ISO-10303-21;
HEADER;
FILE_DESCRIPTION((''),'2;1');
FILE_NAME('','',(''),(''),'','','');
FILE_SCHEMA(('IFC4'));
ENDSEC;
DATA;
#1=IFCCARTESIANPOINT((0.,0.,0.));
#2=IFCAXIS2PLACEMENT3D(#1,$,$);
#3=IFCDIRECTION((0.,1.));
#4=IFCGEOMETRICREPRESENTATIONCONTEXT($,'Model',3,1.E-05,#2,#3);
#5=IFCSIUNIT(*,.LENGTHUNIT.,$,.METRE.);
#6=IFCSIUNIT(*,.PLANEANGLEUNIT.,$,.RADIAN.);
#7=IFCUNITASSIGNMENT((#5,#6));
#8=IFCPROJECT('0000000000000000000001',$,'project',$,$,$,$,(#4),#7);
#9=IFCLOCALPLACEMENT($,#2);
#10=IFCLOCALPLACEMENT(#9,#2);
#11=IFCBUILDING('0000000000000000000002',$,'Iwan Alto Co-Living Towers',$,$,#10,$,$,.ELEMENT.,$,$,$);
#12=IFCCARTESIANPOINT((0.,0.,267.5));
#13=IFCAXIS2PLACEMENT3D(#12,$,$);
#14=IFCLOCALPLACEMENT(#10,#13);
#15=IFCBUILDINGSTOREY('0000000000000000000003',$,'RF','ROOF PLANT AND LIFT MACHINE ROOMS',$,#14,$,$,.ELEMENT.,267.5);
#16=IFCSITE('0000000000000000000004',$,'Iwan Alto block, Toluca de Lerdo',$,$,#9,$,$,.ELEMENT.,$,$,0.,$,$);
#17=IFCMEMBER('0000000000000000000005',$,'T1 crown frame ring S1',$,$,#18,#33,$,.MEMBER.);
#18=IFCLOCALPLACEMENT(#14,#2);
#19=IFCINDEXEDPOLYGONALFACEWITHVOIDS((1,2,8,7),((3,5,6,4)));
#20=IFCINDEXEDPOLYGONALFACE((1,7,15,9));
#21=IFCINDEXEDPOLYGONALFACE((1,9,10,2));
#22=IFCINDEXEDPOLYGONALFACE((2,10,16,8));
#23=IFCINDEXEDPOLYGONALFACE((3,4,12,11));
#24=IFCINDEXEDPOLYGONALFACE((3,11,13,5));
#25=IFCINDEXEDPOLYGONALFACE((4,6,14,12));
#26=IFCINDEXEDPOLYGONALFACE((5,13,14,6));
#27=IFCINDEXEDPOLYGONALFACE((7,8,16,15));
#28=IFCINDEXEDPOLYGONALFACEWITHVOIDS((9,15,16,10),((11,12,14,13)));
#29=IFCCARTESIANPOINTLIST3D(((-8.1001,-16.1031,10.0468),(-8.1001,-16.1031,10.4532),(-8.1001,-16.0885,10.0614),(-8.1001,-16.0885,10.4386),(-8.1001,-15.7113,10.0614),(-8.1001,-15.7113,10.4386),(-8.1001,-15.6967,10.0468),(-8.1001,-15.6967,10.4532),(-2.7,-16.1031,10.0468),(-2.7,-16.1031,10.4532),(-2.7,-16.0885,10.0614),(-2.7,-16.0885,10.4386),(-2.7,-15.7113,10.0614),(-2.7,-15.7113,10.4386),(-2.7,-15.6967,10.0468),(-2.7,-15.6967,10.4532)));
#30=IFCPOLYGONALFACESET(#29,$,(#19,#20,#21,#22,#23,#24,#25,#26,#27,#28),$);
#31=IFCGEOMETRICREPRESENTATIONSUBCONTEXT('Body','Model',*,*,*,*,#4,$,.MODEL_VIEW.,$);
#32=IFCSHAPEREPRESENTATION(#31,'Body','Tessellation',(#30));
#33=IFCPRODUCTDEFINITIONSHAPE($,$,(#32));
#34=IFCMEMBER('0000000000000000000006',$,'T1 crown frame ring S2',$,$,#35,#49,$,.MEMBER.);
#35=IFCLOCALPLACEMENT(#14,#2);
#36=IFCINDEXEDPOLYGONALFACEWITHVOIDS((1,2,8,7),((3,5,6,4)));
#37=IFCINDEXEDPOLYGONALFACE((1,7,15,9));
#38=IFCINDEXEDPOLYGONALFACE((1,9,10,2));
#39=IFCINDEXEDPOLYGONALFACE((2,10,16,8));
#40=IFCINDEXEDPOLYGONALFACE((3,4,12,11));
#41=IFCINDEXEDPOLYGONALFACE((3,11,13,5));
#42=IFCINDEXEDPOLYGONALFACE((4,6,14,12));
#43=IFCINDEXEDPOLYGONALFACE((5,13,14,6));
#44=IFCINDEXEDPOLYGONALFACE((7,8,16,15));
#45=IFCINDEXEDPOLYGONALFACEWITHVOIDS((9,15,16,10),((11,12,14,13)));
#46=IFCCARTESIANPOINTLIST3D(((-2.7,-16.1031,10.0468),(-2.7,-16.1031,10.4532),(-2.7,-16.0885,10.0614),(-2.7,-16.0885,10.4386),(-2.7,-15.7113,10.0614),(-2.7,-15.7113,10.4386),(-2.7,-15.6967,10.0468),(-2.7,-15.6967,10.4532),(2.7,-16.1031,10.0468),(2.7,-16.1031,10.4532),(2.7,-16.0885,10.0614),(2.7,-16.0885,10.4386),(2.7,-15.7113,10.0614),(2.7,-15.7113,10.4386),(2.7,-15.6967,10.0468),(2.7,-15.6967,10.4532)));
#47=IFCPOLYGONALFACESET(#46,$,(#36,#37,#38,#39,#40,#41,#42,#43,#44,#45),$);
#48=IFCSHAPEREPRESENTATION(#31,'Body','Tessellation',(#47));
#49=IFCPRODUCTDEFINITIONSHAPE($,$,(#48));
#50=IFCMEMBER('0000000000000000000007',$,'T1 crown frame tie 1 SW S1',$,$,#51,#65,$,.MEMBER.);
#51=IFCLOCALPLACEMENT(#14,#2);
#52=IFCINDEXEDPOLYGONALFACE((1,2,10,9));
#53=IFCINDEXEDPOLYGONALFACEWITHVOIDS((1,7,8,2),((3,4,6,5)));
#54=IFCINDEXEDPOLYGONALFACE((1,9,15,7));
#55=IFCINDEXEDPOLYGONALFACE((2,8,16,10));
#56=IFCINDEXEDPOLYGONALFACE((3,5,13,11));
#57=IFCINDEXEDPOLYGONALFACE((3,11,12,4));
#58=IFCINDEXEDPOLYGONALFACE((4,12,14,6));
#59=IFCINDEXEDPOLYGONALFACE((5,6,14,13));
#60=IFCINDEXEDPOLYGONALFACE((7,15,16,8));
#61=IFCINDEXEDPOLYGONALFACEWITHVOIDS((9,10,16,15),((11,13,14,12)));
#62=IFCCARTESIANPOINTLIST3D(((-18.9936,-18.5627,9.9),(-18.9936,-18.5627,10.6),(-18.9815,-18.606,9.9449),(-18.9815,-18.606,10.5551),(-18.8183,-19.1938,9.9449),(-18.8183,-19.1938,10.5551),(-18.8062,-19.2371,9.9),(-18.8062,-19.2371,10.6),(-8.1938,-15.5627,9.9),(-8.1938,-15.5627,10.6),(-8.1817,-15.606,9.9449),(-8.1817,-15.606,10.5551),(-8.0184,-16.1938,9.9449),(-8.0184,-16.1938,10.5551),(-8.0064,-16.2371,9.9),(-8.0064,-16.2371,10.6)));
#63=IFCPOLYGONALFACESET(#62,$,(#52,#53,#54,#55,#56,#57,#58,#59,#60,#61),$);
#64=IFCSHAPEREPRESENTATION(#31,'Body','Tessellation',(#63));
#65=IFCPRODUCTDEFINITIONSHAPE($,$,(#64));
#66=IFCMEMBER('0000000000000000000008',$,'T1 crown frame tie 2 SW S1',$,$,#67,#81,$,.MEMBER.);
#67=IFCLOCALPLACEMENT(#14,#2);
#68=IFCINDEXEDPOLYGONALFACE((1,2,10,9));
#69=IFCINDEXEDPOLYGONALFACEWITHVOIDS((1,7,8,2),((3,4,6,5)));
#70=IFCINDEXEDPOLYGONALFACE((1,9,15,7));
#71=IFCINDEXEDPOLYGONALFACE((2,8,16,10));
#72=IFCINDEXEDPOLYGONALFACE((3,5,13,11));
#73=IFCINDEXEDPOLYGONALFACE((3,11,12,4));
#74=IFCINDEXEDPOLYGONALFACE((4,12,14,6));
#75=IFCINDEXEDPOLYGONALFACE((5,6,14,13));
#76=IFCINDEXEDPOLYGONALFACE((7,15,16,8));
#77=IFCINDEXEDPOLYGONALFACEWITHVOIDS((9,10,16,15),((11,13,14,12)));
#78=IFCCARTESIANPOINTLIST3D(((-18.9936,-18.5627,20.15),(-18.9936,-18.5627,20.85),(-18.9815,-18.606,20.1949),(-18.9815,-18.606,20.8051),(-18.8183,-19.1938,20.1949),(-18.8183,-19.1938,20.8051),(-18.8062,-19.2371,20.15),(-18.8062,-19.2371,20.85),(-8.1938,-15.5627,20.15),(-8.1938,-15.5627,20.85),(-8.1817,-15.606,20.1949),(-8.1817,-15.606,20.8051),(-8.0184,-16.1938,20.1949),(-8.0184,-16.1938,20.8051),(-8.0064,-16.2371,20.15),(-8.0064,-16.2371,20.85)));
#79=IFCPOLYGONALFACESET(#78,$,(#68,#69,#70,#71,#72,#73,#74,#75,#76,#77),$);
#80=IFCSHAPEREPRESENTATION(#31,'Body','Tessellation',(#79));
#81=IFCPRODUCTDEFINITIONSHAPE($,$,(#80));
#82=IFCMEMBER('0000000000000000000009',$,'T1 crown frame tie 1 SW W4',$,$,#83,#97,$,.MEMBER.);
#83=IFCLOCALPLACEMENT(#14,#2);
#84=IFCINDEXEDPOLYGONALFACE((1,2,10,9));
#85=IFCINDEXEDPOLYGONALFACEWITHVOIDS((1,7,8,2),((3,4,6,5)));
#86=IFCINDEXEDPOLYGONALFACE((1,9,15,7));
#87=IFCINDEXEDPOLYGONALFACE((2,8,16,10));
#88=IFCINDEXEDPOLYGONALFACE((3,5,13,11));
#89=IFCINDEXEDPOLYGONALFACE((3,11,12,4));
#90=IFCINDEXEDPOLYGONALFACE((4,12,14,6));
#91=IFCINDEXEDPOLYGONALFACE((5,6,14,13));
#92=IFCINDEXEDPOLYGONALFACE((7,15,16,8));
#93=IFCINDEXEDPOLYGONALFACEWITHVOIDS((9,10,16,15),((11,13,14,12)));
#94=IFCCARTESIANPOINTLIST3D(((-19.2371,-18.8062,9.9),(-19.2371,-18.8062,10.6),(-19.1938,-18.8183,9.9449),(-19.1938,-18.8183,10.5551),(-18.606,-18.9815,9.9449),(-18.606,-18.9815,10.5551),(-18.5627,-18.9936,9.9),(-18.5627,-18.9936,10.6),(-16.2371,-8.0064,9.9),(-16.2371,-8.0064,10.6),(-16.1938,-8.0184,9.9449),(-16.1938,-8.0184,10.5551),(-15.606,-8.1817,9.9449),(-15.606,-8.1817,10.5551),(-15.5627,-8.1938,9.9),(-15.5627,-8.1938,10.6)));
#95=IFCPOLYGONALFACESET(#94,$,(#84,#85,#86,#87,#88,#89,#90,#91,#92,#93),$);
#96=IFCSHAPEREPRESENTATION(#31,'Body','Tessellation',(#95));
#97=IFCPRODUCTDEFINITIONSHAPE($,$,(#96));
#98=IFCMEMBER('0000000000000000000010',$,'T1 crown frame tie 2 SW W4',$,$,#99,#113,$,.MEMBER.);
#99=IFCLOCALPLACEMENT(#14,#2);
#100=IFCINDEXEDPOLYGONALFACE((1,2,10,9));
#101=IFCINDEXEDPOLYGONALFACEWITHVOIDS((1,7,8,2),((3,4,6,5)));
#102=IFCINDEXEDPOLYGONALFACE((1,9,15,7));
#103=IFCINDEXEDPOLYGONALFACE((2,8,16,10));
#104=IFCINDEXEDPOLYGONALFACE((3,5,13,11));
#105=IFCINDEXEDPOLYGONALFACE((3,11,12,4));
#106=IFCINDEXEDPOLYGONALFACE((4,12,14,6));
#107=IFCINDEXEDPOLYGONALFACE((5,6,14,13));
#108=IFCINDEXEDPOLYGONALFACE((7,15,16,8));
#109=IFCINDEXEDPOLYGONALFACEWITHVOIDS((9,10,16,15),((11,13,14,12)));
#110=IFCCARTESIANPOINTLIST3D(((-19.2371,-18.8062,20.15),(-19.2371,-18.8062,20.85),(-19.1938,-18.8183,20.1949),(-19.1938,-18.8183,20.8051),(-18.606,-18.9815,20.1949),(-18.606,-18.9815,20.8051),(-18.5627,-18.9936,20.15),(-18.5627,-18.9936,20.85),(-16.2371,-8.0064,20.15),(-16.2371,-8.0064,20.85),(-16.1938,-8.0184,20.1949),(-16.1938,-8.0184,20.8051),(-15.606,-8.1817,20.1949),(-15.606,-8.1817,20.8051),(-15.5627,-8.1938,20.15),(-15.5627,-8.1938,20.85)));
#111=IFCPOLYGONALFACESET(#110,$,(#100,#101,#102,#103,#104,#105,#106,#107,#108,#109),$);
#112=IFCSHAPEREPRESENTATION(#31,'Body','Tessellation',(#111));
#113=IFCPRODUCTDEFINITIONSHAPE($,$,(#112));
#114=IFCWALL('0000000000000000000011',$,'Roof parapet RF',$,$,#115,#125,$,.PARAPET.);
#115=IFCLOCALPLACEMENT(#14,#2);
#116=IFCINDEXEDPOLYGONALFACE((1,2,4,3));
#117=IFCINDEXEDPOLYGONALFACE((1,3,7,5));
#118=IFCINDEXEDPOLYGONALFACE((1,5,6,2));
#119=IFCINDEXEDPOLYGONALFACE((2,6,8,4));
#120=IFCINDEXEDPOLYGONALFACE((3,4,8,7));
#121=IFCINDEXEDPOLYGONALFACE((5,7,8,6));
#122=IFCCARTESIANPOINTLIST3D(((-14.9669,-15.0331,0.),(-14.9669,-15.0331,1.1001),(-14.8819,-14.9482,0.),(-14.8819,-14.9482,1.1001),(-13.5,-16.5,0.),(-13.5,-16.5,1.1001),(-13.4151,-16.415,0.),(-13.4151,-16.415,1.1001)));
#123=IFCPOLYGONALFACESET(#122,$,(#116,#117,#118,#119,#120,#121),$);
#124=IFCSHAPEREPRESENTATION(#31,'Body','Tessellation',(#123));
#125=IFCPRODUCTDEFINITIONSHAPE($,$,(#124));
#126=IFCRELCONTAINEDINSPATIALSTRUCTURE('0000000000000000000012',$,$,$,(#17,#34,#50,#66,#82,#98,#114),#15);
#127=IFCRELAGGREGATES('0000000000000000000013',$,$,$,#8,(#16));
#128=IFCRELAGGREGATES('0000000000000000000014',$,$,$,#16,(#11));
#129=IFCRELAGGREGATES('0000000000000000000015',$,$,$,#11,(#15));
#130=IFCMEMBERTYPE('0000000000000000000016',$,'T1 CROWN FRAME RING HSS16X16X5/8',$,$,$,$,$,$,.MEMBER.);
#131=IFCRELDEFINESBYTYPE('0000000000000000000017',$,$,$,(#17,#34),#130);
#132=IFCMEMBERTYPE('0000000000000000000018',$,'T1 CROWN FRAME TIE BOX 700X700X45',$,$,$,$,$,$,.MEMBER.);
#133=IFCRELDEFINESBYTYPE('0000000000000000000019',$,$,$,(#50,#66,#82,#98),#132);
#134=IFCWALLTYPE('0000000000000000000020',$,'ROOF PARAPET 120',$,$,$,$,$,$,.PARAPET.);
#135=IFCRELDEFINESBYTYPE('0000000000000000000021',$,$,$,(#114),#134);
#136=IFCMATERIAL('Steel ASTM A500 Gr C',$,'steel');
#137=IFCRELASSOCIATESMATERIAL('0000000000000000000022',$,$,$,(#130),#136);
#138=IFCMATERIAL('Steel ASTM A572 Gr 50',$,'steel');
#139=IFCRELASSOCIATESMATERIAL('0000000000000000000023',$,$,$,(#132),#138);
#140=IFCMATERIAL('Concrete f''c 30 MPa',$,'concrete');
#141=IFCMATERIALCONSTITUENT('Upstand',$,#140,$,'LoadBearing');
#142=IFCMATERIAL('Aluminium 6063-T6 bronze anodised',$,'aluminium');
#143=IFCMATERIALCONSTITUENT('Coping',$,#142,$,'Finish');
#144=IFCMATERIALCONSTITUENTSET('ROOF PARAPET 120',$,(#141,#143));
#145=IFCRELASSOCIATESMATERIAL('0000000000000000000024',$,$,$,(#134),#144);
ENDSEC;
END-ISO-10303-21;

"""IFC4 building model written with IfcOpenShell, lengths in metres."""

from ifc_helpers import new_model, si_unit, direction, frame, frame_2d, origin, origin_2d, place, context, subcontext, project, spatial, rectangle, hollow_rectangle, extrude, material, constituent, constituent_set, material_profile, profile_set, type_object, element, save


model = new_model("IFC4")

# Units and contexts
model_context = context("Model", 3, precision=1e-05, world=origin(), true_north=direction((0.0, 1.0)))
body_context = subcontext(model_context, "Body", "Model", "MODEL_VIEW")
ifc_project = project(units=[si_unit("LENGTHUNIT", "METRE"), si_unit("PLANEANGLEUNIT", "RADIAN")], contexts=[model_context])

# Site, building, storey
site_placement = place(None, origin())
site = spatial("IfcSite", under=ifc_project, at=site_placement, Name="Iwan Alto block, Toluca de Lerdo", CompositionType="ELEMENT", RefElevation=0.0)
building_placement = place(site_placement, origin())
building = spatial("IfcBuilding", under=site, at=building_placement, Name="Iwan Alto Co-Living Towers", CompositionType="ELEMENT")
storey_placement = place(building_placement, frame((0.0, 0.0, 267.5)))
storey = spatial("IfcBuildingStorey", under=building, at=storey_placement, Name="RF", Description="ROOF PLANT AND LIFT MACHINE ROOMS", CompositionType="ELEMENT", Elevation=267.5)

# Members
ifc_material_1 = material(Name="Steel ASTM A500 Gr C", Category="steel")
ifc_material_profile_1 = material_profile(ifc_material_1, hollow_rectangle(XDim=0.4065, YDim=0.4065, WallThickness=0.0146, at=origin_2d()), Name="HSS16X16X5/8")
ifc_profile_set_1 = profile_set([ifc_material_profile_1], Name="Steel ASTM A500 Gr C")
member_type_1 = type_object("IfcMemberType", Name="T1 CROWN FRAME RING HSS16X16X5/8", PredefinedType="MEMBER", material=ifc_profile_set_1)
member_1_placement = place(storey_placement, frame((-8.1001, -15.8999, 10.25), z_axis=(1.0, 0.0, 0.0), x_axis=(0.0, 1.0, 0.0)))
element("IfcMember", 1, at=member_1_placement, inside=storey, type_object=member_type_1, Name="T1 crown frame ring S1", PredefinedType="MEMBER", context=body_context, shape_type="SweptSolid", body=[
    extrude(hollow_rectangle(XDim=0.4065, YDim=0.4065, WallThickness=0.0146, at=origin_2d()), origin(), (0.0, 0.0, 1.0), 5.4001),
])
member_2_placement = place(storey_placement, frame((-2.7, -15.8999, 10.25), z_axis=(1.0, 0.0, 0.0), x_axis=(0.0, 1.0, 0.0)))
element("IfcMember", 2, at=member_2_placement, inside=storey, type_object=member_type_1, Name="T1 crown frame ring S2", PredefinedType="MEMBER", context=body_context, shape_type="SweptSolid", body=[
    extrude(hollow_rectangle(XDim=0.4065, YDim=0.4065, WallThickness=0.0146, at=origin_2d()), origin(), (0.0, 0.0, 1.0), 5.3999),
])
ifc_material_2 = material(Name="Steel ASTM A572 Gr 50", Category="steel")
ifc_material_profile_2 = material_profile(ifc_material_2, hollow_rectangle(XDim=0.7, YDim=0.7, WallThickness=0.0449, at=origin_2d()), Name="BOX 700X700X45")
ifc_profile_set_2 = profile_set([ifc_material_profile_2], Name="Steel ASTM A572 Gr 50")
member_type_2 = type_object("IfcMemberType", Name="T1 CROWN FRAME TIE BOX 700X700X45", PredefinedType="MEMBER", material=ifc_profile_set_2)
for number, where, z_axis, x_axis, name in (
    (3, (-18.8999, -18.8999, 10.25), (0.963517, 0.267648, 0.0), (-0.267648, 0.963517, 0.0), "T1 crown frame tie 1 SW S1"),
    (4, (-18.8999, -18.8999, 20.5), (0.963517, 0.267648, 0.0), (-0.267648, 0.963517, 0.0), "T1 crown frame tie 2 SW S1"),
    (5, (-18.8999, -18.8999, 10.25), (0.267648, 0.963517, 0.0), (-0.963517, 0.267648, 0.0), "T1 crown frame tie 1 SW W4"),
    (6, (-18.8999, -18.8999, 20.5), (0.267648, 0.963517, 0.0), (-0.963517, 0.267648, 0.0), "T1 crown frame tie 2 SW W4"),
):
    element("IfcMember", number, at=place(storey_placement, frame(where, z_axis=z_axis, x_axis=x_axis)), inside=storey, type_object=member_type_2, Name=name, PredefinedType="MEMBER", context=body_context, shape_type="SweptSolid", body=[
        extrude(hollow_rectangle(XDim=0.7, YDim=0.7, WallThickness=0.0449, at=origin_2d()), origin(), (0.0, 0.0, 1.0), 11.2087),
    ])

# Wall
ifc_material_3 = material(Name="Concrete f'c 30 MPa", Category="concrete")
ifc_constituent_1 = constituent(ifc_material_3, Name="Upstand", Category="LoadBearing")
ifc_material_4 = material(Name="Aluminium 6063-T6 bronze anodised", Category="aluminium")
ifc_constituent_2 = constituent(ifc_material_4, Name="Coping", Category="Finish")
ifc_constituent_set = constituent_set(constituents=[ifc_constituent_1, ifc_constituent_2], Name="ROOF PARAPET 120")
wall_type = type_object("IfcWallType", Name="ROOF PARAPET 120", PredefinedType="PARAPET", material=ifc_constituent_set)
wall_placement = place(storey_placement, frame((-14.9243, -14.9907, 0.0), z_axis=(0.0, 0.0, 1.0), x_axis=(0.707107, -0.707107, 0.0)))
element("IfcWall", 7, at=wall_placement, inside=storey, type_object=wall_type, Name="Roof parapet RF", PredefinedType="PARAPET", context=body_context, shape_type="SweptSolid", body=[
    extrude(rectangle(XDim=2.0745, YDim=0.1201, at=frame_2d((1.0371, 0.0))), origin(), (0.0, 0.0, 1.0), 1.1001),
])

save(model, "model.ifc")
